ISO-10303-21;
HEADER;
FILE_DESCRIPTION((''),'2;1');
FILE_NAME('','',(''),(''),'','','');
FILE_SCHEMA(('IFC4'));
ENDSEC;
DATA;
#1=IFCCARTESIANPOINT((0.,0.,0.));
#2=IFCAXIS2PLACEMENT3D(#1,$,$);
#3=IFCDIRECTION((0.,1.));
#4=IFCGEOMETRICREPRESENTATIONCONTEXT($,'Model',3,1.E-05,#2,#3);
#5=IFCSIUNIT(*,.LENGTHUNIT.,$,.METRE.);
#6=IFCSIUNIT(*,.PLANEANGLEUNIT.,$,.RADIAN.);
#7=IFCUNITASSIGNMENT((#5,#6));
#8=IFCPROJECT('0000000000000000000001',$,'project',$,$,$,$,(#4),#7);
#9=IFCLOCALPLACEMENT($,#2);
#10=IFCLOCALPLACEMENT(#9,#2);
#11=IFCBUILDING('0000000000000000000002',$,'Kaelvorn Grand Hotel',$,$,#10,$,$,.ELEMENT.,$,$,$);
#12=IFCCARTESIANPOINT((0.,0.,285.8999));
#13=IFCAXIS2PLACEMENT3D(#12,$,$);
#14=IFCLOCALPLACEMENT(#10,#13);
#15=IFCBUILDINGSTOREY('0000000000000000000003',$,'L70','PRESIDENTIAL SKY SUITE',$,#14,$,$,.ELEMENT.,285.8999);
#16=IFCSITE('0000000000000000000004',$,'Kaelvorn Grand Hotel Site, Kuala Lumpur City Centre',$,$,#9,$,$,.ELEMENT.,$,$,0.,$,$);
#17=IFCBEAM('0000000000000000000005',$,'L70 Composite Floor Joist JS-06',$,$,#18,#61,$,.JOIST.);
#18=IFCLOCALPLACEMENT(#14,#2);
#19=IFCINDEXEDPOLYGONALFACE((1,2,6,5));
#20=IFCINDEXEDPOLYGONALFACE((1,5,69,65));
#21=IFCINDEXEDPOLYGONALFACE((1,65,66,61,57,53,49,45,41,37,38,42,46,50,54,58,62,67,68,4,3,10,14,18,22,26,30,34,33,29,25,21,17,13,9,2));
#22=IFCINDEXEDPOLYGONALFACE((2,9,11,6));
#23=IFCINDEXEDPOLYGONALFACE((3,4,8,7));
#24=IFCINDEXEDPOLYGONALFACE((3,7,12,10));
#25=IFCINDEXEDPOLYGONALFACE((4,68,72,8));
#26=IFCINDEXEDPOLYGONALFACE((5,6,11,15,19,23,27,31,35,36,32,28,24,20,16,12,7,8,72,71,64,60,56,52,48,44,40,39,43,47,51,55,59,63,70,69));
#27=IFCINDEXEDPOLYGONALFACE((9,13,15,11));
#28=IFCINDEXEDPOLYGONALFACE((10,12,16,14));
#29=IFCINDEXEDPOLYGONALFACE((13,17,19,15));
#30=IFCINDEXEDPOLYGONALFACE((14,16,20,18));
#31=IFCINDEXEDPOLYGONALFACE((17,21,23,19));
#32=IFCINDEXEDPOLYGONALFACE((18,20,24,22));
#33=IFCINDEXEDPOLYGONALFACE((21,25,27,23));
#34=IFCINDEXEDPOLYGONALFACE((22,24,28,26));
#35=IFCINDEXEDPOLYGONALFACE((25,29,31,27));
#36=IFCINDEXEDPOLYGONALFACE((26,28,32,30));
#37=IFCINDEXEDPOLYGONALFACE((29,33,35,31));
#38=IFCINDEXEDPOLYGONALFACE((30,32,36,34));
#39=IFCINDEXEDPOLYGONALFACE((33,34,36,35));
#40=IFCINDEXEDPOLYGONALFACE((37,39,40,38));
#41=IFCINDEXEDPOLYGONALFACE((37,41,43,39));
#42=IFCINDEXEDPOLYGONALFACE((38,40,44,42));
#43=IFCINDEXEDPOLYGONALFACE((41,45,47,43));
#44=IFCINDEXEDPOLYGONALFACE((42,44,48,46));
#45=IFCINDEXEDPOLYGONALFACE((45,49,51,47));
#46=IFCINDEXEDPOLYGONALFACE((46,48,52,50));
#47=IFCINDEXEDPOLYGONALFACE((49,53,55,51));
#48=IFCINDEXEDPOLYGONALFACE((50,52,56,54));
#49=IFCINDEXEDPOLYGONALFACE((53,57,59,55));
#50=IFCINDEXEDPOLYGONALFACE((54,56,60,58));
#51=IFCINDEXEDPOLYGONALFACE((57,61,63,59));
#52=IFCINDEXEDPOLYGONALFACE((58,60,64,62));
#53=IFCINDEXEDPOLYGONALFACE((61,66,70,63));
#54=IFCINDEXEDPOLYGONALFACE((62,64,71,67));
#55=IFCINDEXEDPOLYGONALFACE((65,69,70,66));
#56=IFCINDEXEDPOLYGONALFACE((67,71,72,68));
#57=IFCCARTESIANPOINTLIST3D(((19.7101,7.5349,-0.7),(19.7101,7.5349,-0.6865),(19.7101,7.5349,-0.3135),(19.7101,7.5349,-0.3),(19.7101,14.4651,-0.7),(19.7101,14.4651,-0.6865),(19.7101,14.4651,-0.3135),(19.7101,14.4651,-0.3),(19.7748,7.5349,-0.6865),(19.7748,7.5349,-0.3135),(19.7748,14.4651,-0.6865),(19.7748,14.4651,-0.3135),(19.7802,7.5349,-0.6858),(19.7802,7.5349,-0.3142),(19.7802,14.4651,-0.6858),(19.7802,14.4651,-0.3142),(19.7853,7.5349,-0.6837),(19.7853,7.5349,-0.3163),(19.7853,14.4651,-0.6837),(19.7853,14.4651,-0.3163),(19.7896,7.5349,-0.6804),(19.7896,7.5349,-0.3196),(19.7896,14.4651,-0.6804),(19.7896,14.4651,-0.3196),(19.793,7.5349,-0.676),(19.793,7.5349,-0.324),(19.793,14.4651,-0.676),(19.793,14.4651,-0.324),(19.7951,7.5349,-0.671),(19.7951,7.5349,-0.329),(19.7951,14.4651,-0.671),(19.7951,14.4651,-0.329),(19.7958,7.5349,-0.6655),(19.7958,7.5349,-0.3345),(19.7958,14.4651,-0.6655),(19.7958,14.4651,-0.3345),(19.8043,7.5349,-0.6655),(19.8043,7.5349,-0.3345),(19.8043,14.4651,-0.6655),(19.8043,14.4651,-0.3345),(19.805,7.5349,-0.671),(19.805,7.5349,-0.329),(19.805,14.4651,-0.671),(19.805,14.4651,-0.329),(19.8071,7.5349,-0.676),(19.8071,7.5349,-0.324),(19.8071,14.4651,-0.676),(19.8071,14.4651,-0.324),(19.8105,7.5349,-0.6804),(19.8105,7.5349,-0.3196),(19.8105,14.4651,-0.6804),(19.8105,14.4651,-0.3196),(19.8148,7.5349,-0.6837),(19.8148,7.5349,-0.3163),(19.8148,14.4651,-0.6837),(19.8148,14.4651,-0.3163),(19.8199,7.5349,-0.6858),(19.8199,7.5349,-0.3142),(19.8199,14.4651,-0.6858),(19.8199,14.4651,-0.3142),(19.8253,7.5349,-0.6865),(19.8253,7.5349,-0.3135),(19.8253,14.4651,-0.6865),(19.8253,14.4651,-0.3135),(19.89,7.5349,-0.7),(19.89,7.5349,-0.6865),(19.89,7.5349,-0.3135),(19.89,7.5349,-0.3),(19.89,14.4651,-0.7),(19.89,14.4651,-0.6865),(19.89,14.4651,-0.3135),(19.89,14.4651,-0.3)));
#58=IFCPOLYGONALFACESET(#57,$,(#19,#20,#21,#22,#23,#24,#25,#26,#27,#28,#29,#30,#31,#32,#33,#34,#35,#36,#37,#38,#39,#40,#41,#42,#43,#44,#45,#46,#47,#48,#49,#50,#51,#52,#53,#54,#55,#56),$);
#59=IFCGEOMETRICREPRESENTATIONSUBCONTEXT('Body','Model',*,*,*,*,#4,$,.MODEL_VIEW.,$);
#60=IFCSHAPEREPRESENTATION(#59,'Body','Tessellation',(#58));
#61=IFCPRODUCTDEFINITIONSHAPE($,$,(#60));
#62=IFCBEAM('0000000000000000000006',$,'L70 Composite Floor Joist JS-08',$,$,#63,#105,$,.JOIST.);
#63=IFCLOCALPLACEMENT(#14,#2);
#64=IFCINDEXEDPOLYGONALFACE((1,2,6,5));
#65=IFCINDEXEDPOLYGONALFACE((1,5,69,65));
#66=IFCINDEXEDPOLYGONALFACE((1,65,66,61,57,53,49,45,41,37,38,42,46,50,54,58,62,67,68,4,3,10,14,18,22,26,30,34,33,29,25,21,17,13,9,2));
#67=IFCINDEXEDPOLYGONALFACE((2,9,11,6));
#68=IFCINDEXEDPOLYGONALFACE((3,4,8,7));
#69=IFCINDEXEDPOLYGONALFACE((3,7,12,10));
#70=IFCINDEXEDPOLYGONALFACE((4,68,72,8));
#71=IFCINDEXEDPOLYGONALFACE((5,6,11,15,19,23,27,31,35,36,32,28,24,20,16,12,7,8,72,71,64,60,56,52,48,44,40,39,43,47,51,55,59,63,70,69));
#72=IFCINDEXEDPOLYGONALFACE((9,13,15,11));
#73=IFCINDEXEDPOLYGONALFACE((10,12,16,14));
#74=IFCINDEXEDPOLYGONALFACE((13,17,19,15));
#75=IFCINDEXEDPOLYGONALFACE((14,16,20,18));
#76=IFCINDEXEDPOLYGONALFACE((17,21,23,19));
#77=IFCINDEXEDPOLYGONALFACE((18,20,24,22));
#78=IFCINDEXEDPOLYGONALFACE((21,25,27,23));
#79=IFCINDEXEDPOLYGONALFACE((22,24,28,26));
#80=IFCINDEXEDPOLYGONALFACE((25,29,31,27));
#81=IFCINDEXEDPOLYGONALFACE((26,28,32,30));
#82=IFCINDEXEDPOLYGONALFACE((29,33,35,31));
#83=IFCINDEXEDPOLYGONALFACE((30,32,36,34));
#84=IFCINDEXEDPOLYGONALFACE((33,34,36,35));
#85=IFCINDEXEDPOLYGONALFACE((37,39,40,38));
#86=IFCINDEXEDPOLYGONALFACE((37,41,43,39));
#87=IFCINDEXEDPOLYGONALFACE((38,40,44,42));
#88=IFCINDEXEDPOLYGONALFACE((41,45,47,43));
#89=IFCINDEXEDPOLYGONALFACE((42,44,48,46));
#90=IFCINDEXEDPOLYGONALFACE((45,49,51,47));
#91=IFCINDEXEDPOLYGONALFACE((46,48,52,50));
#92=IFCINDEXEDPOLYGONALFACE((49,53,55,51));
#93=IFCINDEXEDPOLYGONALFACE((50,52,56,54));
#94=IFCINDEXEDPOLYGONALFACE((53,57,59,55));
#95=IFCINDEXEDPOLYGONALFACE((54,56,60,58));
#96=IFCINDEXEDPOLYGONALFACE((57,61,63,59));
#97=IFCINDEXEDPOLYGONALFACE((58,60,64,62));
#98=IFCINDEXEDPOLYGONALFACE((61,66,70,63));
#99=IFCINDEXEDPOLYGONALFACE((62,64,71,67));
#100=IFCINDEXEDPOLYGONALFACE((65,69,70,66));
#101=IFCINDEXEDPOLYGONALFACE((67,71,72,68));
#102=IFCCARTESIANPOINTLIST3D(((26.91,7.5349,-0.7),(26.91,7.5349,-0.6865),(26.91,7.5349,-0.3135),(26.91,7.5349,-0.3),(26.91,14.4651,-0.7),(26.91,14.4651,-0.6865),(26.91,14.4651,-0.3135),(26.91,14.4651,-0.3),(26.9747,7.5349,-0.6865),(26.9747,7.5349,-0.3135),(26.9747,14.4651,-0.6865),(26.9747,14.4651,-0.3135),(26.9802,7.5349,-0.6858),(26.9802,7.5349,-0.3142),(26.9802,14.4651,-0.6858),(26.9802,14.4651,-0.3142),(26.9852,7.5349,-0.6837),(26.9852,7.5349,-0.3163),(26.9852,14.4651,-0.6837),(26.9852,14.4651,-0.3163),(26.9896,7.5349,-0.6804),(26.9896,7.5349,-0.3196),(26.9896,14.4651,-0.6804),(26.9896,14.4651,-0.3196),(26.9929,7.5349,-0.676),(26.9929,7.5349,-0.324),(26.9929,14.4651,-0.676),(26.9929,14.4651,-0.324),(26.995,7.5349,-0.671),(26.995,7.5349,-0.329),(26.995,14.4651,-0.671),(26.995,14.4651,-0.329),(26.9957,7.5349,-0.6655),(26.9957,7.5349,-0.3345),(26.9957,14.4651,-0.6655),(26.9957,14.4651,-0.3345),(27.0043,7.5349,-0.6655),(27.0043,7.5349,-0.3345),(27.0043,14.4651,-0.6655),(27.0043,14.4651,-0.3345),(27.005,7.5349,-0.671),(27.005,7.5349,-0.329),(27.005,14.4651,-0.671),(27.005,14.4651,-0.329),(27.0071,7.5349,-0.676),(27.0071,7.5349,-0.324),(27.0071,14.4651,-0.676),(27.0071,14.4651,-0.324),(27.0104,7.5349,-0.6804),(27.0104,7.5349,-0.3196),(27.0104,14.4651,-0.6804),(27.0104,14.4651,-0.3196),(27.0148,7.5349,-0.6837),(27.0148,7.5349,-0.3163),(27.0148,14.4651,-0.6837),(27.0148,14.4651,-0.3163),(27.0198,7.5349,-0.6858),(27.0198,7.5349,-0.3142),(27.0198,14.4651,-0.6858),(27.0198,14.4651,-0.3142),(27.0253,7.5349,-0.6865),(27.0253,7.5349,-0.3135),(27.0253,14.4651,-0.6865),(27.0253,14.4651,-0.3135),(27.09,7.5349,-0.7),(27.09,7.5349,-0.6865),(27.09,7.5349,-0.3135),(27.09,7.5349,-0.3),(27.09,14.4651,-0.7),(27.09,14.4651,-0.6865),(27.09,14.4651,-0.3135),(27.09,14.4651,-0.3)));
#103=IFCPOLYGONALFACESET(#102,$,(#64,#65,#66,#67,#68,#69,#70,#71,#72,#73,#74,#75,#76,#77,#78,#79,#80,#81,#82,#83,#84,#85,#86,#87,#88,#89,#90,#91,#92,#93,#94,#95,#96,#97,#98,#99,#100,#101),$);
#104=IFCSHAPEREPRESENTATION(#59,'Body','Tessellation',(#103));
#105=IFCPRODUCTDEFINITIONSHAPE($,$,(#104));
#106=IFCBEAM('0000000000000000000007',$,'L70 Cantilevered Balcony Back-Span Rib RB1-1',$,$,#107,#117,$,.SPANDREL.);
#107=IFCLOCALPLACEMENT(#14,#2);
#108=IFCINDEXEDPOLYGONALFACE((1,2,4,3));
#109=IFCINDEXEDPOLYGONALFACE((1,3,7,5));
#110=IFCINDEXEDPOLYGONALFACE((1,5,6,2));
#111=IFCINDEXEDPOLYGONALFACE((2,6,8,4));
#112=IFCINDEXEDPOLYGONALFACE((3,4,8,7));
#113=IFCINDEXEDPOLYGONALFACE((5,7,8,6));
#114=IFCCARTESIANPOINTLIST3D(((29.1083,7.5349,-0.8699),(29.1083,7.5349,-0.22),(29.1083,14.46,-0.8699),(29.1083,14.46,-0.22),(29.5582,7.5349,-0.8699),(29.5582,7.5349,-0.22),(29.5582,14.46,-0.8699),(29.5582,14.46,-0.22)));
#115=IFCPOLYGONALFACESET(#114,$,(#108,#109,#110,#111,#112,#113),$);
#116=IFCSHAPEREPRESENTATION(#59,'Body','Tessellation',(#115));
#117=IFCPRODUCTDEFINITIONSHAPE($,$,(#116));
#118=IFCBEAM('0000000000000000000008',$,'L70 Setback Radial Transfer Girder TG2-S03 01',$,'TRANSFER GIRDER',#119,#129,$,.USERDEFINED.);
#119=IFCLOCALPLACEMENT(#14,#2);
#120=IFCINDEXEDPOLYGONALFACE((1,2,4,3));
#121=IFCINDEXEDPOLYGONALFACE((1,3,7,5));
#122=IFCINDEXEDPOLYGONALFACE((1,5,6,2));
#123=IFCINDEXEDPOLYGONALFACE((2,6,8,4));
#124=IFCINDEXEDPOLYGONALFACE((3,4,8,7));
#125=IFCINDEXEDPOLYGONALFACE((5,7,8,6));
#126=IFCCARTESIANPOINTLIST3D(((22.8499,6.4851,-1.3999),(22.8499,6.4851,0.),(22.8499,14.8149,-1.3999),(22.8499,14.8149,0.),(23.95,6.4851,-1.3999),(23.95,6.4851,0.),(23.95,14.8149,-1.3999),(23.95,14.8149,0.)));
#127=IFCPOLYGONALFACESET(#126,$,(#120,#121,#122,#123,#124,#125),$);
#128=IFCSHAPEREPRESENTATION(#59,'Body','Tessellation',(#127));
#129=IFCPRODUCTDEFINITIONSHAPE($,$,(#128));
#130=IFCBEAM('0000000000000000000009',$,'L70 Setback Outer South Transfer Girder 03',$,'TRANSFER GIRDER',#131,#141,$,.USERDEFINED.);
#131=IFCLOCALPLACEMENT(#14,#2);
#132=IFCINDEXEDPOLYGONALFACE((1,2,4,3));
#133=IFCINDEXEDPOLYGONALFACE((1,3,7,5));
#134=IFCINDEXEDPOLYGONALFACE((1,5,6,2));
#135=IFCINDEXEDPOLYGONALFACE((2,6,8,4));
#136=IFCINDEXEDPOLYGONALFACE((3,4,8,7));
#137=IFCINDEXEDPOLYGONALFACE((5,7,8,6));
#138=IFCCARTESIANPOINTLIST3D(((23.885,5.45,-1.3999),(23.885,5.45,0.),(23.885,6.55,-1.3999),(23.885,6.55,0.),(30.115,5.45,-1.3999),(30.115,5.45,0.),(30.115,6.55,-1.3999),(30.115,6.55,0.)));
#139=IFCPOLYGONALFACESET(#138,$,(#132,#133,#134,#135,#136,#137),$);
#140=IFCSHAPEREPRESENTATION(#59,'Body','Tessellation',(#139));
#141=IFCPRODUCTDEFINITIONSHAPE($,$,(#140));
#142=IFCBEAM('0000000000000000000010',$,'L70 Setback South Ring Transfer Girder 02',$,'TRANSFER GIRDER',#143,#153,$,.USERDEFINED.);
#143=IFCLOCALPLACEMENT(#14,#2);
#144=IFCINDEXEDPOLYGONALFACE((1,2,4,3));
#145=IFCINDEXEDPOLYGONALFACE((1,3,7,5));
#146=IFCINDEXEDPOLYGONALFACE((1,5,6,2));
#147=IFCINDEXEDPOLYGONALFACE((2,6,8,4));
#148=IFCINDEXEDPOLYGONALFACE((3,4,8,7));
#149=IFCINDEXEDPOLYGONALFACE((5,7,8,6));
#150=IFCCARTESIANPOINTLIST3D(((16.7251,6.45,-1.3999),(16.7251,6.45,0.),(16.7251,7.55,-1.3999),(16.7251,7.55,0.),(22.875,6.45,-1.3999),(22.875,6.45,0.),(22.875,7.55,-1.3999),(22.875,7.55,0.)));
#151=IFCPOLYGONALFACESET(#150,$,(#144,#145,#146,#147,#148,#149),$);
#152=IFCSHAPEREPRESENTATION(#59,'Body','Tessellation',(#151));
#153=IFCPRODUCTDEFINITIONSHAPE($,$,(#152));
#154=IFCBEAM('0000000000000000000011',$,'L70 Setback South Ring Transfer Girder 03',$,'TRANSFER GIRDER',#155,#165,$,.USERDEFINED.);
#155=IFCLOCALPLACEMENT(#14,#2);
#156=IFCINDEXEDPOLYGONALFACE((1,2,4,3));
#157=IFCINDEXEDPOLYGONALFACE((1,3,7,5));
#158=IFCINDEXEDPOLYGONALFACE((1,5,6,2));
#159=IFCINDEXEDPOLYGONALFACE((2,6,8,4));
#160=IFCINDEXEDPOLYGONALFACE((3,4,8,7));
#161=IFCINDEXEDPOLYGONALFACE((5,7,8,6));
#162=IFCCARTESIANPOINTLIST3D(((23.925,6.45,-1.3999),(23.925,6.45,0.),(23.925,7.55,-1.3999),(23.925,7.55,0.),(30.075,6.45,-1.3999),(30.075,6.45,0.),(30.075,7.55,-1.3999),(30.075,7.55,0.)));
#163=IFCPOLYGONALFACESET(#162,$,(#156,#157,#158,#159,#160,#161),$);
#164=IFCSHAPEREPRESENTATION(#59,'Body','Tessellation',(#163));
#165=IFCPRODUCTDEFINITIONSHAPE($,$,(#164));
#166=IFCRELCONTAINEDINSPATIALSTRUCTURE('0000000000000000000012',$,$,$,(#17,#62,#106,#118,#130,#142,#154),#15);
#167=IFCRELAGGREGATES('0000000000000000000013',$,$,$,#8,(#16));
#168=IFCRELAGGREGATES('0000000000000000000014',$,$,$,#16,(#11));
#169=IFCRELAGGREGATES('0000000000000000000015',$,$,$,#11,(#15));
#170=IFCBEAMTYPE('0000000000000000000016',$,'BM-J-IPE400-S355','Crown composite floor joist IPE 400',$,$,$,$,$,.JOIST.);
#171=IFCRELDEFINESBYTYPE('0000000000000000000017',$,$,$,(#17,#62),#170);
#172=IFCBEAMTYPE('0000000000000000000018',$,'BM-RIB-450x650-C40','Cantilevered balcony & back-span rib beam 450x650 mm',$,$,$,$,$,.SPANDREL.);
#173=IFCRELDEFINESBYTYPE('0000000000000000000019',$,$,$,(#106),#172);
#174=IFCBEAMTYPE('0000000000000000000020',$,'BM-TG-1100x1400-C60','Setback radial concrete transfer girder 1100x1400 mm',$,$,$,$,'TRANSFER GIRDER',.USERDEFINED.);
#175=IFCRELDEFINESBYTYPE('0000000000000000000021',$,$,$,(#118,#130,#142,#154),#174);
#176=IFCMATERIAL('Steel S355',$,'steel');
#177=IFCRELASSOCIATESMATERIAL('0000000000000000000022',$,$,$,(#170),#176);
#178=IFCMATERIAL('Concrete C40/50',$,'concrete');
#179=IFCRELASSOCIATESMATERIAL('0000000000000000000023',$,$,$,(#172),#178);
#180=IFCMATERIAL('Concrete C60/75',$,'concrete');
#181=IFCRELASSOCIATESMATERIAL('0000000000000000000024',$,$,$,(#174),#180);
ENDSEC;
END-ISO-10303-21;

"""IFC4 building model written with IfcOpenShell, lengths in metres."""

from ifc_helpers import new_model, si_unit, direction, frame, origin, origin_2d, place, context, subcontext, project, spatial, rectangle, i_section, extrude, material, material_profile, profile_set, type_object, element, save


model = new_model("IFC4")

# Units and contexts
model_context = context("Model", 3, precision=1e-05, world=origin(), true_north=direction((0.0, 1.0)))
body_context = subcontext(model_context, "Body", "Model", "MODEL_VIEW")
ifc_project = project(units=[si_unit("LENGTHUNIT", "METRE"), si_unit("PLANEANGLEUNIT", "RADIAN")], contexts=[model_context])

# Site, building, storey
site_placement = place(None, origin())
site = spatial("IfcSite", under=ifc_project, at=site_placement, Name="Kaelvorn Grand Hotel Site, Kuala Lumpur City Centre", CompositionType="ELEMENT", RefElevation=0.0)
building_placement = place(site_placement, origin())
building = spatial("IfcBuilding", under=site, at=building_placement, Name="Kaelvorn Grand Hotel", CompositionType="ELEMENT")
storey_placement = place(building_placement, frame((0.0, 0.0, 285.8999)))
storey = spatial("IfcBuildingStorey", under=building, at=storey_placement, Name="L70", Description="PRESIDENTIAL SKY SUITE", CompositionType="ELEMENT", Elevation=285.8999)

# Beams
ifc_material_1 = material(Name="Steel S355", Category="steel")
ifc_material_profile_1 = material_profile(ifc_material_1, i_section(OverallWidth=0.1799, OverallDepth=0.3999, WebThickness=0.0085, FlangeThickness=0.0134, FilletRadius=0.021, at=origin_2d()), Name="IPE 400")
ifc_profile_set_1 = profile_set([ifc_material_profile_1], Name="Steel S355")
beam_type_1 = type_object("IfcBeamType", Name="BM-J-IPE400-S355", Description="Crown composite floor joist IPE 400", PredefinedType="JOIST", material=ifc_profile_set_1)
for number, where, z_axis, x_axis, name in (
    (1, (19.8, 7.5349, -0.5), (0.0, 1.0, 0.0), (-1.0, 0.0, 0.0), "L70 Composite Floor Joist JS-06"),
    (2, (27.0, 7.5349, -0.5), (0.0, 1.0, 0.0), (-1.0, 0.0, 0.0), "L70 Composite Floor Joist JS-08"),
):
    element("IfcBeam", number, at=place(storey_placement, frame(where, z_axis=z_axis, x_axis=x_axis)), inside=storey, type_object=beam_type_1, Name=name, PredefinedType="JOIST", context=body_context, shape_type="SweptSolid", body=[
        extrude(i_section(OverallWidth=0.1799, OverallDepth=0.3999, WebThickness=0.0085, FlangeThickness=0.0134, FilletRadius=0.021, at=origin_2d()), origin(), (0.0, 0.0, 1.0), 6.9302),
    ])
ifc_material_2 = material(Name="Concrete C40/50", Category="concrete")
ifc_material_profile_2 = material_profile(ifc_material_2, rectangle(XDim=0.45, YDim=0.6499, at=origin_2d()), Name="RC RIB 450x650")
ifc_profile_set_2 = profile_set([ifc_material_profile_2], Name="Concrete C40/50")
beam_type_2 = type_object("IfcBeamType", Name="BM-RIB-450x650-C40", Description="Cantilevered balcony & back-span rib beam 450x650 mm", PredefinedType="SPANDREL", material=ifc_profile_set_2)
beam_1_placement = place(storey_placement, frame((29.3333, 7.5349, -0.5449), z_axis=(0.0, 1.0, 0.0), x_axis=(-1.0, 0.0, 0.0)))
element("IfcBeam", 3, at=beam_1_placement, inside=storey, type_object=beam_type_2, Name="L70 Cantilevered Balcony Back-Span Rib RB1-1", PredefinedType="SPANDREL", context=body_context, shape_type="SweptSolid", body=[
    extrude(rectangle(XDim=0.45, YDim=0.6499, at=origin_2d()), origin(), (0.0, 0.0, 1.0), 6.925),
])
ifc_material_3 = material(Name="Concrete C60/75", Category="concrete")
ifc_material_profile_3 = material_profile(ifc_material_3, rectangle(XDim=1.1001, YDim=1.3999, at=origin_2d()), Name="RC TG 1100x1400")
ifc_profile_set_3 = profile_set([ifc_material_profile_3], Name="Concrete C60/75")
beam_type_3 = type_object("IfcBeamType", Name="BM-TG-1100x1400-C60", Description="Setback radial concrete transfer girder 1100x1400 mm", ElementType="TRANSFER GIRDER", PredefinedType="USERDEFINED", material=ifc_profile_set_3)
beam_2_placement = place(storey_placement, frame((23.3999, 6.4851, -0.7), z_axis=(0.0, 1.0, 0.0), x_axis=(-1.0, 0.0, 0.0)))
element("IfcBeam", 4, at=beam_2_placement, inside=storey, type_object=beam_type_3, Name="L70 Setback Radial Transfer Girder TG2-S03 01", ObjectType="TRANSFER GIRDER", PredefinedType="USERDEFINED", context=body_context, shape_type="SweptSolid", body=[
    extrude(rectangle(XDim=1.1001, YDim=1.3999, at=origin_2d()), origin(), (0.0, 0.0, 1.0), 8.3298),
])
beam_3_placement = place(storey_placement, frame((23.885, 6.0, -0.7), z_axis=(1.0, 0.0, 0.0), x_axis=(0.0, 1.0, 0.0)))
element("IfcBeam", 5, at=beam_3_placement, inside=storey, type_object=beam_type_3, Name="L70 Setback Outer South Transfer Girder 03", ObjectType="TRANSFER GIRDER", PredefinedType="USERDEFINED", context=body_context, shape_type="SweptSolid", body=[
    extrude(rectangle(XDim=1.1001, YDim=1.3999, at=origin_2d()), origin(), (0.0, 0.0, 1.0), 6.23),
])
for number, where, z_axis, x_axis, name in (
    (6, (16.7251, 7.0, -0.7), (1.0, 0.0, 0.0), (0.0, 1.0, 0.0), "L70 Setback South Ring Transfer Girder 02"),
    (7, (23.925, 7.0, -0.7), (1.0, 0.0, 0.0), (0.0, 1.0, 0.0), "L70 Setback South Ring Transfer Girder 03"),
):
    element("IfcBeam", number, at=place(storey_placement, frame(where, z_axis=z_axis, x_axis=x_axis)), inside=storey, type_object=beam_type_3, Name=name, ObjectType="TRANSFER GIRDER", PredefinedType="USERDEFINED", context=body_context, shape_type="SweptSolid", body=[
        extrude(rectangle(XDim=1.1001, YDim=1.3999, at=origin_2d()), origin(), (0.0, 0.0, 1.0), 6.1499),
    ])

save(model, "model.ifc")
